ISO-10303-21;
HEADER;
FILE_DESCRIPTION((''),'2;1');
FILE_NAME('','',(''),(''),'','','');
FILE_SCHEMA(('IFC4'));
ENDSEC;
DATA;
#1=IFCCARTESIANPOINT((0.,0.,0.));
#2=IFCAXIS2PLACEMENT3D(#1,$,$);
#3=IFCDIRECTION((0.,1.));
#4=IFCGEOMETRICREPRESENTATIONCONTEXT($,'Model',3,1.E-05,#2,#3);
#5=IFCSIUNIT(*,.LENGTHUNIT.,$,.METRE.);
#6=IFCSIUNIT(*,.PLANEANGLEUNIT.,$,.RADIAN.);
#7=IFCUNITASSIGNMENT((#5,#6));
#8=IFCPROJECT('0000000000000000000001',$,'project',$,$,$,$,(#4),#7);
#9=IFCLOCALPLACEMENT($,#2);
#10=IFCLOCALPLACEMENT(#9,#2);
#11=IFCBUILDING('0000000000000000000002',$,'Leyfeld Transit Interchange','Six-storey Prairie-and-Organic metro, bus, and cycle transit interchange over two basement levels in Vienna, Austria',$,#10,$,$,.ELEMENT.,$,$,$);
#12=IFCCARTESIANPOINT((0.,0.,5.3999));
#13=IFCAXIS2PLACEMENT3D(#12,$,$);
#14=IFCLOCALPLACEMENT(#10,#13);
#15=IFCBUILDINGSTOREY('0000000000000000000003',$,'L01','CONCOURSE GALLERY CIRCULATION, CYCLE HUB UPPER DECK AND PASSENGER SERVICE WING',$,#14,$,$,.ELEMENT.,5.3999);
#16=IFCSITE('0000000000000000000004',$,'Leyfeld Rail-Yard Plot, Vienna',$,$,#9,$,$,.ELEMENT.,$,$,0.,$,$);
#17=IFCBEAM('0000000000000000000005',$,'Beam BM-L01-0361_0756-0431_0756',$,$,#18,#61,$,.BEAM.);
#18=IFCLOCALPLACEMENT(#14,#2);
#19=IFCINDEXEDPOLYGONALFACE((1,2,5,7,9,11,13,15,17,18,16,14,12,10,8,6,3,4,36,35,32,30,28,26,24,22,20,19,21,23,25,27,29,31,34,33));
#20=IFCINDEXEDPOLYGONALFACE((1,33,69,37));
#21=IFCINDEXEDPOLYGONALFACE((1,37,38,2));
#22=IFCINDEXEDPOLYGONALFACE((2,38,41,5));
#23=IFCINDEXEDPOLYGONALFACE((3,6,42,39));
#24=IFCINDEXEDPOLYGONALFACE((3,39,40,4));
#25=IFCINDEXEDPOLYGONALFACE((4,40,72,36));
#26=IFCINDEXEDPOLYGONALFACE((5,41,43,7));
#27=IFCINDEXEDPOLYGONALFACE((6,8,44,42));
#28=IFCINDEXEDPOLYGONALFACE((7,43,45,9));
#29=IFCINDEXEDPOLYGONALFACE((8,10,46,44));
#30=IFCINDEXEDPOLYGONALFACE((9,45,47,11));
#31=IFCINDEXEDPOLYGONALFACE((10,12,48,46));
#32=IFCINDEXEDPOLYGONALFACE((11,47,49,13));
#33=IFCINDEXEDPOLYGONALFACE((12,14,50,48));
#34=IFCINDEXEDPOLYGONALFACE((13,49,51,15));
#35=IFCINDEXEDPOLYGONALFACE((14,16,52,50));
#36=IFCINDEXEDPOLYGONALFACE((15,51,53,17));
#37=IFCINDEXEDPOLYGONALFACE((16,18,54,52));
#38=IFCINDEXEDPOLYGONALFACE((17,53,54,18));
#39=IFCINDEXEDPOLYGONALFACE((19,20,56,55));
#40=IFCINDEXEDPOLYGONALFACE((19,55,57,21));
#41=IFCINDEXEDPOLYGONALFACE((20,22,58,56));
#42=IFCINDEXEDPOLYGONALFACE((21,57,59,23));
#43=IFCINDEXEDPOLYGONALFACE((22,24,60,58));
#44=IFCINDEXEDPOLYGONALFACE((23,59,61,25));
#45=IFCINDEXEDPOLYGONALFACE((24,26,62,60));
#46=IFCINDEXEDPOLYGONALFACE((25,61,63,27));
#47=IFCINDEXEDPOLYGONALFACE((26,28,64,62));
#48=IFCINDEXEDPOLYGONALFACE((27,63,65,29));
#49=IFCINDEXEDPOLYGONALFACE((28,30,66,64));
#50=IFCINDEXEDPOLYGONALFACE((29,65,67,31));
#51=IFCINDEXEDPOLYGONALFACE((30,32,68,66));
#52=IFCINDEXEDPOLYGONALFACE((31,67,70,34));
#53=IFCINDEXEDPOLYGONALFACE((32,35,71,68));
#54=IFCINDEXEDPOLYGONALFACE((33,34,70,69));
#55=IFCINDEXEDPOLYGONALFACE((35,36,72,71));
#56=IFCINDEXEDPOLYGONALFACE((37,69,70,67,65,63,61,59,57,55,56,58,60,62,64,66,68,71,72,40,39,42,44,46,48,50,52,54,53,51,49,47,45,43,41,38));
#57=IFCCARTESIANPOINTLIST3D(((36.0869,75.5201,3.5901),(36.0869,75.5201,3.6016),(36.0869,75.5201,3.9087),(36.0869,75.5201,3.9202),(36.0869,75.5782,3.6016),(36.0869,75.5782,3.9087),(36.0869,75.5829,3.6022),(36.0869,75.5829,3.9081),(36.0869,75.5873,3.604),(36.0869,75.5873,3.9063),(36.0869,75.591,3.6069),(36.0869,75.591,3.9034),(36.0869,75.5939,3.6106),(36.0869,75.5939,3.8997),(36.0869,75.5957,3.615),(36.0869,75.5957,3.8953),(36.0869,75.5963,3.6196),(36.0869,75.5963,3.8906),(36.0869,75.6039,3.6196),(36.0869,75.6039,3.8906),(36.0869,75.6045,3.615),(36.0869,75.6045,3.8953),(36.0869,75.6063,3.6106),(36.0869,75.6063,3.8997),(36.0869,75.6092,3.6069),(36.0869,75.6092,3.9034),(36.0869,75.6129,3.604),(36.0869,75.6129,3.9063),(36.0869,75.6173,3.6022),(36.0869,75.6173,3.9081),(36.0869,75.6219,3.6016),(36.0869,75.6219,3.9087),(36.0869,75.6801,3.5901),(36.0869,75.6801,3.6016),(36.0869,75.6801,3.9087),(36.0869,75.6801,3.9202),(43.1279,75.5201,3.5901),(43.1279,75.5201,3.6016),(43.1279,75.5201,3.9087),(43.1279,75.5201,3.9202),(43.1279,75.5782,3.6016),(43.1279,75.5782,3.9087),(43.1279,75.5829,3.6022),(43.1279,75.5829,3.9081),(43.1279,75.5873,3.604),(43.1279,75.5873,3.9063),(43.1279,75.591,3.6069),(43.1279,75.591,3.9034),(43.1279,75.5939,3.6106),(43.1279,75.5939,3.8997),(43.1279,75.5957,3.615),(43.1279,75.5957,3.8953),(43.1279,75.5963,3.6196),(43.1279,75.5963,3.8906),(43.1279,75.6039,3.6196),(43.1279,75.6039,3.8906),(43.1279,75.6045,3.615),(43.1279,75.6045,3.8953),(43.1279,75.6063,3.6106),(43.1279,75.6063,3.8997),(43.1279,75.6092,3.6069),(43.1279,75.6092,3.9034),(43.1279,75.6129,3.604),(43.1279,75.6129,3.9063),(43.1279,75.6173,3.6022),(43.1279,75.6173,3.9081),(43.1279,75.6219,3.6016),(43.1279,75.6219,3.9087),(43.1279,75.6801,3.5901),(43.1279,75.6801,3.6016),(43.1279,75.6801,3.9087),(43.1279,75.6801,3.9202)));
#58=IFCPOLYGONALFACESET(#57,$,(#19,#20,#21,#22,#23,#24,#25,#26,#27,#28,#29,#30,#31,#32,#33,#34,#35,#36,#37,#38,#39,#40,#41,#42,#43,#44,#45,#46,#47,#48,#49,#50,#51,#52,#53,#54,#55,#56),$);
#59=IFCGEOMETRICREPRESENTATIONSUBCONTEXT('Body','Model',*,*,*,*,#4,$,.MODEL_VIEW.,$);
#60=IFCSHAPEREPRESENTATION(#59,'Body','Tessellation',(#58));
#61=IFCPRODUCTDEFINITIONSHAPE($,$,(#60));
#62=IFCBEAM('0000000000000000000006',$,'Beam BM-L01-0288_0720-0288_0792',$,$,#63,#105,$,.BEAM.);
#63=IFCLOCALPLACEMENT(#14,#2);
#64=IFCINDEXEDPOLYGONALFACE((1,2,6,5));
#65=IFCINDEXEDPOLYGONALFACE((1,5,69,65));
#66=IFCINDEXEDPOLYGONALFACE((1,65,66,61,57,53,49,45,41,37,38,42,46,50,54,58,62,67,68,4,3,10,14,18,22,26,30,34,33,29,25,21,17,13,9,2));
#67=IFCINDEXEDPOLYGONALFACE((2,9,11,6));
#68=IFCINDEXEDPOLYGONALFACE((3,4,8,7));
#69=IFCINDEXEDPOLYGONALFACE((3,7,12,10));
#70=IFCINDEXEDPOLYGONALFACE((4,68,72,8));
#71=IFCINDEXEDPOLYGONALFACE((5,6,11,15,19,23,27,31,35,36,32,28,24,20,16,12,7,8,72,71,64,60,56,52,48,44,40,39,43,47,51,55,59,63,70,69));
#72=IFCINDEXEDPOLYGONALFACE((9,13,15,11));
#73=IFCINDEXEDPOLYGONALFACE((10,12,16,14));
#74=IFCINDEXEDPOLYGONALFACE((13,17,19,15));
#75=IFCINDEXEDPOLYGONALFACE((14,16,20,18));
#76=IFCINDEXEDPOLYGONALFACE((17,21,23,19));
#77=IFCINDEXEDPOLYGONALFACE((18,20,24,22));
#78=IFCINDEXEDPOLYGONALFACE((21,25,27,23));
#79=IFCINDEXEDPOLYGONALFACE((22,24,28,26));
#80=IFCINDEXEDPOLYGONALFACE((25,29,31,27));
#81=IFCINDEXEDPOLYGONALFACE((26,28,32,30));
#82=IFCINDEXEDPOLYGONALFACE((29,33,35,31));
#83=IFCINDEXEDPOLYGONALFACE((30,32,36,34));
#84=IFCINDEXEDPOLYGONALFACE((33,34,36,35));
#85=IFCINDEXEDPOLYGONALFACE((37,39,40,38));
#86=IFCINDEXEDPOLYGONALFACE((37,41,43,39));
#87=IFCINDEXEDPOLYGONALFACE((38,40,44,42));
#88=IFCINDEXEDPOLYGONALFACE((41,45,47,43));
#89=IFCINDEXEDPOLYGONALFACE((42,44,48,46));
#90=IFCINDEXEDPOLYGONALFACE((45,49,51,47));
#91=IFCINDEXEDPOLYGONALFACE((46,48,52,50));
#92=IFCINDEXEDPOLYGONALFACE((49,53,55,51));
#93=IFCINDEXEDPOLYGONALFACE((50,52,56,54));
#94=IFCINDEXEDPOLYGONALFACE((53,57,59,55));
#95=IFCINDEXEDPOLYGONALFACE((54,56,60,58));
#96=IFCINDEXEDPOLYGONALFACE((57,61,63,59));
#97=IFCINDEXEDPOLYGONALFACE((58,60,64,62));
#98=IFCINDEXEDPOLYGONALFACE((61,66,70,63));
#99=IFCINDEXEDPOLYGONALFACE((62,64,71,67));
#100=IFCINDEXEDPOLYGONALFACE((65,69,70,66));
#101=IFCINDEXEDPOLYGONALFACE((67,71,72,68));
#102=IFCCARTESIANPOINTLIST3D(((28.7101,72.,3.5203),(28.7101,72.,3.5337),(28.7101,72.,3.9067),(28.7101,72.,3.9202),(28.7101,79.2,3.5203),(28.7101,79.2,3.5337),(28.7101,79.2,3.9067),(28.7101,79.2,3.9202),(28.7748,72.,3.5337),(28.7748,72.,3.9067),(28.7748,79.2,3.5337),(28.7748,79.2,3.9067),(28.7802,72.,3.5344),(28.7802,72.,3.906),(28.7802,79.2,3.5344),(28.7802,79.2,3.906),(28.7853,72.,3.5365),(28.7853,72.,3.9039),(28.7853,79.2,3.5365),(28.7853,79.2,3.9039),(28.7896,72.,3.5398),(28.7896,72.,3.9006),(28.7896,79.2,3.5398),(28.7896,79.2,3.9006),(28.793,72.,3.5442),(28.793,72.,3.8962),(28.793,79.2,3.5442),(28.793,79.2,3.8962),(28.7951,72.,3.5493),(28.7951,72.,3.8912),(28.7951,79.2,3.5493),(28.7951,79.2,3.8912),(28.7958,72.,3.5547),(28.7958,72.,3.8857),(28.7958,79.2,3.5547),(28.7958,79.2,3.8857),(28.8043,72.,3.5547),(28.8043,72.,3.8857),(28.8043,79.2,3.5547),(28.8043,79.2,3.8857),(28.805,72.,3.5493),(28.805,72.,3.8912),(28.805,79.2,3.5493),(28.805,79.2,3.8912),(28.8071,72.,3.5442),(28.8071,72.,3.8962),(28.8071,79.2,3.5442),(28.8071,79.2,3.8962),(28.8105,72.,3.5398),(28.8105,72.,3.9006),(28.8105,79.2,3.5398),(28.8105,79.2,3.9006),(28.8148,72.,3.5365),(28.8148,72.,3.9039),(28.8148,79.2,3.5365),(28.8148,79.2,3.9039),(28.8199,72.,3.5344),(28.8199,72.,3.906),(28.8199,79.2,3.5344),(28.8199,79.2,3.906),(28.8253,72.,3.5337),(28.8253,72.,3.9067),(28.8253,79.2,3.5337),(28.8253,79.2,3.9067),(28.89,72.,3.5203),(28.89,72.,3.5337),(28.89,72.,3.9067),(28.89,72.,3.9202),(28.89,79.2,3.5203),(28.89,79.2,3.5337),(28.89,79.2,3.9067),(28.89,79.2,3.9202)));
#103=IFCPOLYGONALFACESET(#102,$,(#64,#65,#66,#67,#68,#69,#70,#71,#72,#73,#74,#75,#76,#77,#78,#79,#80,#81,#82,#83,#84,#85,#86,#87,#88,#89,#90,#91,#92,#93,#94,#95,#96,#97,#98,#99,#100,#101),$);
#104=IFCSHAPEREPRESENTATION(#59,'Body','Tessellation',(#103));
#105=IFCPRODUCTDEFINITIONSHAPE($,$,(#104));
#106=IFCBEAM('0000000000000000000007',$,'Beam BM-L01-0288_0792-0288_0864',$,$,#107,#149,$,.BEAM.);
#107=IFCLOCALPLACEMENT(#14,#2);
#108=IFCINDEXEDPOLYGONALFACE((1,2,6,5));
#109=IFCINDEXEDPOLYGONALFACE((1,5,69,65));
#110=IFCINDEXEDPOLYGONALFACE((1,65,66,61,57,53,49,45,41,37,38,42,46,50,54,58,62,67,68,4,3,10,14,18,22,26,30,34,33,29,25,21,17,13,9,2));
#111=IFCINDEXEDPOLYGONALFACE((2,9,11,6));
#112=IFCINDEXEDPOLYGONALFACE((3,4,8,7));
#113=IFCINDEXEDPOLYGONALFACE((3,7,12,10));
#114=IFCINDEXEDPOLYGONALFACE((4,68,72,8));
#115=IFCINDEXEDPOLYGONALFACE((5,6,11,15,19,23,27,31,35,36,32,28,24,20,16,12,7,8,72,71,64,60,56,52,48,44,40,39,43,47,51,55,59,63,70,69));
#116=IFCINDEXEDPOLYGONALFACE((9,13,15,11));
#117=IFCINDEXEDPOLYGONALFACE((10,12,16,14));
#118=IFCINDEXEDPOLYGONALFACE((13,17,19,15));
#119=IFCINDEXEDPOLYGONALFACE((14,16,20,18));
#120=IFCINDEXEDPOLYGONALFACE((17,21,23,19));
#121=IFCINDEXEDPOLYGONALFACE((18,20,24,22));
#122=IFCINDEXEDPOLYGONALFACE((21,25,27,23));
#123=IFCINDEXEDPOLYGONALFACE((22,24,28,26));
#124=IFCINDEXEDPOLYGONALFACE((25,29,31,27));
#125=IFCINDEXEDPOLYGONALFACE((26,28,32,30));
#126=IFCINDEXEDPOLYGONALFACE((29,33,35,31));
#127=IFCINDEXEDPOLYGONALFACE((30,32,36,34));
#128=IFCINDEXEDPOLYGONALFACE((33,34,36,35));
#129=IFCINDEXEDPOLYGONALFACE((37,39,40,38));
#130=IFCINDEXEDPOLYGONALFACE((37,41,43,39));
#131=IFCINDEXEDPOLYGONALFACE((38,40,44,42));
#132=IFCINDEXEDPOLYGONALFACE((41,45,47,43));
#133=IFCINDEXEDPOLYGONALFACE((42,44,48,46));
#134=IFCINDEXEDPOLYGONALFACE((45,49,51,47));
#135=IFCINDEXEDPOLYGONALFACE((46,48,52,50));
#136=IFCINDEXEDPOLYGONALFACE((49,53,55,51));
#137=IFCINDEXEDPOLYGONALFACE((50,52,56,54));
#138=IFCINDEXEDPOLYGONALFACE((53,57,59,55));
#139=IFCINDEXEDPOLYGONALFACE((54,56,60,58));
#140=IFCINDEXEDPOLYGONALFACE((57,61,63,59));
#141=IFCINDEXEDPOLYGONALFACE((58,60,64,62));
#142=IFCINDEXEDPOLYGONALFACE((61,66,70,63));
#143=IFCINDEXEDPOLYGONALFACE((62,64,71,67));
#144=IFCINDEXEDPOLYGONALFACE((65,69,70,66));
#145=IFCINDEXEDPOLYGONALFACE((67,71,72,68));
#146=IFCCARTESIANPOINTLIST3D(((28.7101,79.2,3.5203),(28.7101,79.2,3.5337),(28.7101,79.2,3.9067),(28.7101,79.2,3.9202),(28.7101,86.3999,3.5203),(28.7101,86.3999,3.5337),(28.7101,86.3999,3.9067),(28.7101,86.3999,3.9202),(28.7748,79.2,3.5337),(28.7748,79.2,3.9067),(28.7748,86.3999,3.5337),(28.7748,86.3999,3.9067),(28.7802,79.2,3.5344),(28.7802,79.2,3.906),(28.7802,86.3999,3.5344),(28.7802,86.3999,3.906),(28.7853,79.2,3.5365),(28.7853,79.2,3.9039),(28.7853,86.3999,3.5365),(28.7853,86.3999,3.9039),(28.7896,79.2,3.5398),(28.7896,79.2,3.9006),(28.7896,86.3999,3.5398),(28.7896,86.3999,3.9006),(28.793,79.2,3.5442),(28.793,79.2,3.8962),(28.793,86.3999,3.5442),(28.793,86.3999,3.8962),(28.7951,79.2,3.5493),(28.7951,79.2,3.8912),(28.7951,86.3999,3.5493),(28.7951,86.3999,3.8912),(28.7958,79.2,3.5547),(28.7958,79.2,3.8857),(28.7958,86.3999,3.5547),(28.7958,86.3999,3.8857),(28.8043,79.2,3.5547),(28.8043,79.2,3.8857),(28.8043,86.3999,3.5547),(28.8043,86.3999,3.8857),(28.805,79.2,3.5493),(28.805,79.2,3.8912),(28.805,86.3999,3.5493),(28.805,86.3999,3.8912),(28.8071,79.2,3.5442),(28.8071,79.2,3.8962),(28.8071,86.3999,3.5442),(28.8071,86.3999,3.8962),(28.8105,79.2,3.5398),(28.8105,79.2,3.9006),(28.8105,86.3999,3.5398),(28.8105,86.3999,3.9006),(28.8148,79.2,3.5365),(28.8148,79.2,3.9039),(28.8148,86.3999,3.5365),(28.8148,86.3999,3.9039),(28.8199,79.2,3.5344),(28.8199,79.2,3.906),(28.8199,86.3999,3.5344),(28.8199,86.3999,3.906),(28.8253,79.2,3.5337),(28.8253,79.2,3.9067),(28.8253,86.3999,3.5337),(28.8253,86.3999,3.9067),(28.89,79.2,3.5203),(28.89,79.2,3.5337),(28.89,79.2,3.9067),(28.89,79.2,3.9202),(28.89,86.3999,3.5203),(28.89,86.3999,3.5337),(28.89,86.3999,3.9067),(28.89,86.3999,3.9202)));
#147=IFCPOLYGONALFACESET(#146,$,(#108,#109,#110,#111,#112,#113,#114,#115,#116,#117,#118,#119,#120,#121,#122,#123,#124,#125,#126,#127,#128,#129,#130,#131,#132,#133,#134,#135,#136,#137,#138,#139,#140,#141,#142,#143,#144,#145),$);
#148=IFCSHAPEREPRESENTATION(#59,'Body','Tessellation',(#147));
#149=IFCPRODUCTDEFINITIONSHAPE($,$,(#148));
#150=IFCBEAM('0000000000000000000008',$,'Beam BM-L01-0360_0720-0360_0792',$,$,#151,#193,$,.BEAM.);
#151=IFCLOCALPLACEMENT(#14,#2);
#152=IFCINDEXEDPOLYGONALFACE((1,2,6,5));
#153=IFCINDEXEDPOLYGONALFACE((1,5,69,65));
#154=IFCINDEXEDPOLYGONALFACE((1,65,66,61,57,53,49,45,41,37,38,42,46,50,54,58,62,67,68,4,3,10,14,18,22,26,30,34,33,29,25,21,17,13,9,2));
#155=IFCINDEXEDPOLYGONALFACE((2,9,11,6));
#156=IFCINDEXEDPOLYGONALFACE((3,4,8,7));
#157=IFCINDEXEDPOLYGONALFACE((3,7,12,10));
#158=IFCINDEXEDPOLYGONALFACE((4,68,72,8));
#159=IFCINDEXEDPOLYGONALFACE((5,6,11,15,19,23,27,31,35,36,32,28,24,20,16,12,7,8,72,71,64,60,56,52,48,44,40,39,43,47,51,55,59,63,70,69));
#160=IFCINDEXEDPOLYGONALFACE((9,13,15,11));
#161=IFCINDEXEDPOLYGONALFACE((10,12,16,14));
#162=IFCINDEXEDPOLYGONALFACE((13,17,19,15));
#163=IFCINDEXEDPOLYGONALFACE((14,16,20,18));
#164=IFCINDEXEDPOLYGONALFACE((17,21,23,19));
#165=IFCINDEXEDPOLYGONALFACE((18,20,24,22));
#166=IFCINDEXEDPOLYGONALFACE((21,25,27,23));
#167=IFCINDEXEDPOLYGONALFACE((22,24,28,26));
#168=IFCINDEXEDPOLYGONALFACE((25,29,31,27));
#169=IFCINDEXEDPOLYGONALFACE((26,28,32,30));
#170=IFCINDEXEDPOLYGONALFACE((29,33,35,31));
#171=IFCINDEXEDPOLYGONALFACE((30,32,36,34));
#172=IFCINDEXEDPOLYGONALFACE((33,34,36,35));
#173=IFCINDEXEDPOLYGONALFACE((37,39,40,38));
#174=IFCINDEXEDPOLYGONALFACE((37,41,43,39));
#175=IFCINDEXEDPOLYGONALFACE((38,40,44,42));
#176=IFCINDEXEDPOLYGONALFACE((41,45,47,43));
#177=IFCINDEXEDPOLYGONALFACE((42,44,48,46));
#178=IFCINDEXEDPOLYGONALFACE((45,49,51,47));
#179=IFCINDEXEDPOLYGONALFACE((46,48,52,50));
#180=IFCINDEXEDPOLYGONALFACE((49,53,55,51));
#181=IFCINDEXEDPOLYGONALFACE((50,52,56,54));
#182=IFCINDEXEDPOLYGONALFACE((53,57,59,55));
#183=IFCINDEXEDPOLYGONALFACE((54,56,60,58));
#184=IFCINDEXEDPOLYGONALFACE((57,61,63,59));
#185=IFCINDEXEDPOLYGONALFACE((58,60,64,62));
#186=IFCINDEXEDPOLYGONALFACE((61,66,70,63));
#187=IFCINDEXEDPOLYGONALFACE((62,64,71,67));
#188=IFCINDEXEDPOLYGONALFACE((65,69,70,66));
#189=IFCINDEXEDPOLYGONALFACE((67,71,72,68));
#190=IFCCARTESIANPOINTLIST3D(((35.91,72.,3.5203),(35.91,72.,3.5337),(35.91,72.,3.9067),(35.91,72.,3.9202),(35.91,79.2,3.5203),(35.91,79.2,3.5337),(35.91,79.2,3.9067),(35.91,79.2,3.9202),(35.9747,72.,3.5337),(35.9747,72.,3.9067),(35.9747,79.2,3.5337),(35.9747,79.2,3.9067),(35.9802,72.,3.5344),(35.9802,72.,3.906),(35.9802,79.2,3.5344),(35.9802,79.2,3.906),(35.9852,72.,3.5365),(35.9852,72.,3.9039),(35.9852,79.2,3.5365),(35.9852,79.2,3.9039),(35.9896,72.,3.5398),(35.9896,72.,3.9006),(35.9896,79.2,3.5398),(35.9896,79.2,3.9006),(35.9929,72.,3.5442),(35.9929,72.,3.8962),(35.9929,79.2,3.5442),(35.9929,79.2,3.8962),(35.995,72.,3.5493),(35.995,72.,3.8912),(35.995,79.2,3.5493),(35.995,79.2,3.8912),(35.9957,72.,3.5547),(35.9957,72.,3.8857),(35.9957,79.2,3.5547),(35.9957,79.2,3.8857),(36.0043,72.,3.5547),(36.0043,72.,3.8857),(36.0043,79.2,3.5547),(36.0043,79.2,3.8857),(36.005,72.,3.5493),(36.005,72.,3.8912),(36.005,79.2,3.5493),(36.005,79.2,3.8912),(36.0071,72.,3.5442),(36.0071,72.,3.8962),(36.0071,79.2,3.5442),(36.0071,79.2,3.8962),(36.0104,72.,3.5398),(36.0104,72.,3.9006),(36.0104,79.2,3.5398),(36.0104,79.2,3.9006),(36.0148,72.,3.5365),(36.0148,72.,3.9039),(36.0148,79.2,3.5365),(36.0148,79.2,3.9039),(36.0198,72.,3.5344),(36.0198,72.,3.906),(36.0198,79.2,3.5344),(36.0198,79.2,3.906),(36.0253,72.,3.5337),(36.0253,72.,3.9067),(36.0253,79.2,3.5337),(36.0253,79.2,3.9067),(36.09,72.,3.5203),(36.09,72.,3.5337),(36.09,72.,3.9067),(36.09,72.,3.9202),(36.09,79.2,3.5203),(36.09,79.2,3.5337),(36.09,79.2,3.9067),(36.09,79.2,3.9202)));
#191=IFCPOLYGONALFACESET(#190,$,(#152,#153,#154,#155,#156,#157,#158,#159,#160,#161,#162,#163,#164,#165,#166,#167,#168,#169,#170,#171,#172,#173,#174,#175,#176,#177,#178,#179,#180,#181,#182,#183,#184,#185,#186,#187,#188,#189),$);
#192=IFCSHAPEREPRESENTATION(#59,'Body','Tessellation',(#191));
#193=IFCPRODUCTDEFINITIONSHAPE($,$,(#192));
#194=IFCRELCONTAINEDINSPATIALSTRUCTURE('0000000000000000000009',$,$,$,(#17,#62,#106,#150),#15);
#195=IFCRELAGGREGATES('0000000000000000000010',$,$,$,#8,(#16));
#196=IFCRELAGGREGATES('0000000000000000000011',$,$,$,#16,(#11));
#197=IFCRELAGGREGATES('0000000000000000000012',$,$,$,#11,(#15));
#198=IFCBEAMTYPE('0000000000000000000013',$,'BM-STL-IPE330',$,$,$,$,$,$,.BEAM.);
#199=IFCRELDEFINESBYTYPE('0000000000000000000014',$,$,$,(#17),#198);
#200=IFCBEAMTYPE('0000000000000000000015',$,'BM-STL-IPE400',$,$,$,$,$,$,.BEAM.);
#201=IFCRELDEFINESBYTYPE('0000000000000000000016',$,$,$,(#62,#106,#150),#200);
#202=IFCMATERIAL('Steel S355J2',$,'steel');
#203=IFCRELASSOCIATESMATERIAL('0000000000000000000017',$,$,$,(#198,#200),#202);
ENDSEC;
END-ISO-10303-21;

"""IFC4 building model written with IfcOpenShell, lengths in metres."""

from ifc_helpers import new_model, si_unit, direction, frame, origin, origin_2d, place, context, subcontext, project, spatial, i_section, extrude, material, material_profile, profile_set, type_object, element, save


model = new_model("IFC4")

# Units and contexts
model_context = context("Model", 3, precision=1e-05, world=origin(), true_north=direction((0.0, 1.0)))
body_context = subcontext(model_context, "Body", "Model", "MODEL_VIEW")
ifc_project = project(units=[si_unit("LENGTHUNIT", "METRE"), si_unit("PLANEANGLEUNIT", "RADIAN")], contexts=[model_context])

# Site, building, storey
site_placement = place(None, origin())
site = spatial("IfcSite", under=ifc_project, at=site_placement, Name="Leyfeld Rail-Yard Plot, Vienna", CompositionType="ELEMENT", RefElevation=0.0)
building_placement = place(site_placement, origin())
building = spatial("IfcBuilding", under=site, at=building_placement, Name="Leyfeld Transit Interchange", Description="Six-storey Prairie-and-Organic metro, bus, and cycle transit interchange over two basement levels in Vienna, Austria", CompositionType="ELEMENT")
storey_placement = place(building_placement, frame((0.0, 0.0, 5.3999)))
storey = spatial("IfcBuildingStorey", under=building, at=storey_placement, Name="L01", Description="CONCOURSE GALLERY CIRCULATION, CYCLE HUB UPPER DECK AND PASSENGER SERVICE WING", CompositionType="ELEMENT", Elevation=5.3999)

# Beams
ifc_material_1 = material(Name="Steel S355J2", Category="steel")
ifc_material_profile_1 = material_profile(ifc_material_1, i_section(OverallWidth=0.1599, OverallDepth=0.3301, WebThickness=0.0076, FlangeThickness=0.0115, FilletRadius=0.0181, at=origin_2d()), Name="IPE 330")
ifc_profile_set_1 = profile_set([ifc_material_profile_1], Name="Steel S355J2")
beam_type_1 = type_object("IfcBeamType", Name="BM-STL-IPE330", PredefinedType="BEAM", material=ifc_profile_set_1)
beam_1_placement = place(storey_placement, frame((36.0869, 75.6001, 3.7551), z_axis=(1.0, 0.0, 0.0), x_axis=(0.0, 1.0, 0.0)))
element("IfcBeam", 1, at=beam_1_placement, inside=storey, type_object=beam_type_1, Name="Beam BM-L01-0361_0756-0431_0756", PredefinedType="BEAM", context=body_context, shape_type="SweptSolid", body=[
    extrude(i_section(OverallWidth=0.1599, OverallDepth=0.3301, WebThickness=0.0076, FlangeThickness=0.0115, FilletRadius=0.0181, at=origin_2d()), origin(), (0.0, 0.0, 1.0), 7.041),
])
ifc_material_profile_2 = material_profile(ifc_material_1, i_section(OverallWidth=0.1799, OverallDepth=0.3999, WebThickness=0.0085, FlangeThickness=0.0134, FilletRadius=0.021, at=origin_2d()), Name="IPE 400")
ifc_profile_set_2 = profile_set([ifc_material_profile_2], Name="Steel S355J2")
beam_type_2 = type_object("IfcBeamType", Name="BM-STL-IPE400", PredefinedType="BEAM", material=ifc_profile_set_2)
for number, where, z_axis, x_axis, name in (
    (2, (28.8, 72.0, 3.7202), (0.0, 1.0, 0.0), (-1.0, 0.0, 0.0), "Beam BM-L01-0288_0720-0288_0792"),
    (3, (28.8, 79.2, 3.7202), (0.0, 1.0, 0.0), (-1.0, 0.0, 0.0), "Beam BM-L01-0288_0792-0288_0864"),
    (4, (36.0, 72.0, 3.7202), (0.0, 1.0, 0.0), (-1.0, 0.0, 0.0), "Beam BM-L01-0360_0720-0360_0792"),
):
    element("IfcBeam", number, at=place(storey_placement, frame(where, z_axis=z_axis, x_axis=x_axis)), inside=storey, type_object=beam_type_2, Name=name, PredefinedType="BEAM", context=body_context, shape_type="SweptSolid", body=[
        extrude(i_section(OverallWidth=0.1799, OverallDepth=0.3999, WebThickness=0.0085, FlangeThickness=0.0134, FilletRadius=0.021, at=origin_2d()), origin(), (0.0, 0.0, 1.0), 7.2),
    ])

save(model, "model.ifc")
